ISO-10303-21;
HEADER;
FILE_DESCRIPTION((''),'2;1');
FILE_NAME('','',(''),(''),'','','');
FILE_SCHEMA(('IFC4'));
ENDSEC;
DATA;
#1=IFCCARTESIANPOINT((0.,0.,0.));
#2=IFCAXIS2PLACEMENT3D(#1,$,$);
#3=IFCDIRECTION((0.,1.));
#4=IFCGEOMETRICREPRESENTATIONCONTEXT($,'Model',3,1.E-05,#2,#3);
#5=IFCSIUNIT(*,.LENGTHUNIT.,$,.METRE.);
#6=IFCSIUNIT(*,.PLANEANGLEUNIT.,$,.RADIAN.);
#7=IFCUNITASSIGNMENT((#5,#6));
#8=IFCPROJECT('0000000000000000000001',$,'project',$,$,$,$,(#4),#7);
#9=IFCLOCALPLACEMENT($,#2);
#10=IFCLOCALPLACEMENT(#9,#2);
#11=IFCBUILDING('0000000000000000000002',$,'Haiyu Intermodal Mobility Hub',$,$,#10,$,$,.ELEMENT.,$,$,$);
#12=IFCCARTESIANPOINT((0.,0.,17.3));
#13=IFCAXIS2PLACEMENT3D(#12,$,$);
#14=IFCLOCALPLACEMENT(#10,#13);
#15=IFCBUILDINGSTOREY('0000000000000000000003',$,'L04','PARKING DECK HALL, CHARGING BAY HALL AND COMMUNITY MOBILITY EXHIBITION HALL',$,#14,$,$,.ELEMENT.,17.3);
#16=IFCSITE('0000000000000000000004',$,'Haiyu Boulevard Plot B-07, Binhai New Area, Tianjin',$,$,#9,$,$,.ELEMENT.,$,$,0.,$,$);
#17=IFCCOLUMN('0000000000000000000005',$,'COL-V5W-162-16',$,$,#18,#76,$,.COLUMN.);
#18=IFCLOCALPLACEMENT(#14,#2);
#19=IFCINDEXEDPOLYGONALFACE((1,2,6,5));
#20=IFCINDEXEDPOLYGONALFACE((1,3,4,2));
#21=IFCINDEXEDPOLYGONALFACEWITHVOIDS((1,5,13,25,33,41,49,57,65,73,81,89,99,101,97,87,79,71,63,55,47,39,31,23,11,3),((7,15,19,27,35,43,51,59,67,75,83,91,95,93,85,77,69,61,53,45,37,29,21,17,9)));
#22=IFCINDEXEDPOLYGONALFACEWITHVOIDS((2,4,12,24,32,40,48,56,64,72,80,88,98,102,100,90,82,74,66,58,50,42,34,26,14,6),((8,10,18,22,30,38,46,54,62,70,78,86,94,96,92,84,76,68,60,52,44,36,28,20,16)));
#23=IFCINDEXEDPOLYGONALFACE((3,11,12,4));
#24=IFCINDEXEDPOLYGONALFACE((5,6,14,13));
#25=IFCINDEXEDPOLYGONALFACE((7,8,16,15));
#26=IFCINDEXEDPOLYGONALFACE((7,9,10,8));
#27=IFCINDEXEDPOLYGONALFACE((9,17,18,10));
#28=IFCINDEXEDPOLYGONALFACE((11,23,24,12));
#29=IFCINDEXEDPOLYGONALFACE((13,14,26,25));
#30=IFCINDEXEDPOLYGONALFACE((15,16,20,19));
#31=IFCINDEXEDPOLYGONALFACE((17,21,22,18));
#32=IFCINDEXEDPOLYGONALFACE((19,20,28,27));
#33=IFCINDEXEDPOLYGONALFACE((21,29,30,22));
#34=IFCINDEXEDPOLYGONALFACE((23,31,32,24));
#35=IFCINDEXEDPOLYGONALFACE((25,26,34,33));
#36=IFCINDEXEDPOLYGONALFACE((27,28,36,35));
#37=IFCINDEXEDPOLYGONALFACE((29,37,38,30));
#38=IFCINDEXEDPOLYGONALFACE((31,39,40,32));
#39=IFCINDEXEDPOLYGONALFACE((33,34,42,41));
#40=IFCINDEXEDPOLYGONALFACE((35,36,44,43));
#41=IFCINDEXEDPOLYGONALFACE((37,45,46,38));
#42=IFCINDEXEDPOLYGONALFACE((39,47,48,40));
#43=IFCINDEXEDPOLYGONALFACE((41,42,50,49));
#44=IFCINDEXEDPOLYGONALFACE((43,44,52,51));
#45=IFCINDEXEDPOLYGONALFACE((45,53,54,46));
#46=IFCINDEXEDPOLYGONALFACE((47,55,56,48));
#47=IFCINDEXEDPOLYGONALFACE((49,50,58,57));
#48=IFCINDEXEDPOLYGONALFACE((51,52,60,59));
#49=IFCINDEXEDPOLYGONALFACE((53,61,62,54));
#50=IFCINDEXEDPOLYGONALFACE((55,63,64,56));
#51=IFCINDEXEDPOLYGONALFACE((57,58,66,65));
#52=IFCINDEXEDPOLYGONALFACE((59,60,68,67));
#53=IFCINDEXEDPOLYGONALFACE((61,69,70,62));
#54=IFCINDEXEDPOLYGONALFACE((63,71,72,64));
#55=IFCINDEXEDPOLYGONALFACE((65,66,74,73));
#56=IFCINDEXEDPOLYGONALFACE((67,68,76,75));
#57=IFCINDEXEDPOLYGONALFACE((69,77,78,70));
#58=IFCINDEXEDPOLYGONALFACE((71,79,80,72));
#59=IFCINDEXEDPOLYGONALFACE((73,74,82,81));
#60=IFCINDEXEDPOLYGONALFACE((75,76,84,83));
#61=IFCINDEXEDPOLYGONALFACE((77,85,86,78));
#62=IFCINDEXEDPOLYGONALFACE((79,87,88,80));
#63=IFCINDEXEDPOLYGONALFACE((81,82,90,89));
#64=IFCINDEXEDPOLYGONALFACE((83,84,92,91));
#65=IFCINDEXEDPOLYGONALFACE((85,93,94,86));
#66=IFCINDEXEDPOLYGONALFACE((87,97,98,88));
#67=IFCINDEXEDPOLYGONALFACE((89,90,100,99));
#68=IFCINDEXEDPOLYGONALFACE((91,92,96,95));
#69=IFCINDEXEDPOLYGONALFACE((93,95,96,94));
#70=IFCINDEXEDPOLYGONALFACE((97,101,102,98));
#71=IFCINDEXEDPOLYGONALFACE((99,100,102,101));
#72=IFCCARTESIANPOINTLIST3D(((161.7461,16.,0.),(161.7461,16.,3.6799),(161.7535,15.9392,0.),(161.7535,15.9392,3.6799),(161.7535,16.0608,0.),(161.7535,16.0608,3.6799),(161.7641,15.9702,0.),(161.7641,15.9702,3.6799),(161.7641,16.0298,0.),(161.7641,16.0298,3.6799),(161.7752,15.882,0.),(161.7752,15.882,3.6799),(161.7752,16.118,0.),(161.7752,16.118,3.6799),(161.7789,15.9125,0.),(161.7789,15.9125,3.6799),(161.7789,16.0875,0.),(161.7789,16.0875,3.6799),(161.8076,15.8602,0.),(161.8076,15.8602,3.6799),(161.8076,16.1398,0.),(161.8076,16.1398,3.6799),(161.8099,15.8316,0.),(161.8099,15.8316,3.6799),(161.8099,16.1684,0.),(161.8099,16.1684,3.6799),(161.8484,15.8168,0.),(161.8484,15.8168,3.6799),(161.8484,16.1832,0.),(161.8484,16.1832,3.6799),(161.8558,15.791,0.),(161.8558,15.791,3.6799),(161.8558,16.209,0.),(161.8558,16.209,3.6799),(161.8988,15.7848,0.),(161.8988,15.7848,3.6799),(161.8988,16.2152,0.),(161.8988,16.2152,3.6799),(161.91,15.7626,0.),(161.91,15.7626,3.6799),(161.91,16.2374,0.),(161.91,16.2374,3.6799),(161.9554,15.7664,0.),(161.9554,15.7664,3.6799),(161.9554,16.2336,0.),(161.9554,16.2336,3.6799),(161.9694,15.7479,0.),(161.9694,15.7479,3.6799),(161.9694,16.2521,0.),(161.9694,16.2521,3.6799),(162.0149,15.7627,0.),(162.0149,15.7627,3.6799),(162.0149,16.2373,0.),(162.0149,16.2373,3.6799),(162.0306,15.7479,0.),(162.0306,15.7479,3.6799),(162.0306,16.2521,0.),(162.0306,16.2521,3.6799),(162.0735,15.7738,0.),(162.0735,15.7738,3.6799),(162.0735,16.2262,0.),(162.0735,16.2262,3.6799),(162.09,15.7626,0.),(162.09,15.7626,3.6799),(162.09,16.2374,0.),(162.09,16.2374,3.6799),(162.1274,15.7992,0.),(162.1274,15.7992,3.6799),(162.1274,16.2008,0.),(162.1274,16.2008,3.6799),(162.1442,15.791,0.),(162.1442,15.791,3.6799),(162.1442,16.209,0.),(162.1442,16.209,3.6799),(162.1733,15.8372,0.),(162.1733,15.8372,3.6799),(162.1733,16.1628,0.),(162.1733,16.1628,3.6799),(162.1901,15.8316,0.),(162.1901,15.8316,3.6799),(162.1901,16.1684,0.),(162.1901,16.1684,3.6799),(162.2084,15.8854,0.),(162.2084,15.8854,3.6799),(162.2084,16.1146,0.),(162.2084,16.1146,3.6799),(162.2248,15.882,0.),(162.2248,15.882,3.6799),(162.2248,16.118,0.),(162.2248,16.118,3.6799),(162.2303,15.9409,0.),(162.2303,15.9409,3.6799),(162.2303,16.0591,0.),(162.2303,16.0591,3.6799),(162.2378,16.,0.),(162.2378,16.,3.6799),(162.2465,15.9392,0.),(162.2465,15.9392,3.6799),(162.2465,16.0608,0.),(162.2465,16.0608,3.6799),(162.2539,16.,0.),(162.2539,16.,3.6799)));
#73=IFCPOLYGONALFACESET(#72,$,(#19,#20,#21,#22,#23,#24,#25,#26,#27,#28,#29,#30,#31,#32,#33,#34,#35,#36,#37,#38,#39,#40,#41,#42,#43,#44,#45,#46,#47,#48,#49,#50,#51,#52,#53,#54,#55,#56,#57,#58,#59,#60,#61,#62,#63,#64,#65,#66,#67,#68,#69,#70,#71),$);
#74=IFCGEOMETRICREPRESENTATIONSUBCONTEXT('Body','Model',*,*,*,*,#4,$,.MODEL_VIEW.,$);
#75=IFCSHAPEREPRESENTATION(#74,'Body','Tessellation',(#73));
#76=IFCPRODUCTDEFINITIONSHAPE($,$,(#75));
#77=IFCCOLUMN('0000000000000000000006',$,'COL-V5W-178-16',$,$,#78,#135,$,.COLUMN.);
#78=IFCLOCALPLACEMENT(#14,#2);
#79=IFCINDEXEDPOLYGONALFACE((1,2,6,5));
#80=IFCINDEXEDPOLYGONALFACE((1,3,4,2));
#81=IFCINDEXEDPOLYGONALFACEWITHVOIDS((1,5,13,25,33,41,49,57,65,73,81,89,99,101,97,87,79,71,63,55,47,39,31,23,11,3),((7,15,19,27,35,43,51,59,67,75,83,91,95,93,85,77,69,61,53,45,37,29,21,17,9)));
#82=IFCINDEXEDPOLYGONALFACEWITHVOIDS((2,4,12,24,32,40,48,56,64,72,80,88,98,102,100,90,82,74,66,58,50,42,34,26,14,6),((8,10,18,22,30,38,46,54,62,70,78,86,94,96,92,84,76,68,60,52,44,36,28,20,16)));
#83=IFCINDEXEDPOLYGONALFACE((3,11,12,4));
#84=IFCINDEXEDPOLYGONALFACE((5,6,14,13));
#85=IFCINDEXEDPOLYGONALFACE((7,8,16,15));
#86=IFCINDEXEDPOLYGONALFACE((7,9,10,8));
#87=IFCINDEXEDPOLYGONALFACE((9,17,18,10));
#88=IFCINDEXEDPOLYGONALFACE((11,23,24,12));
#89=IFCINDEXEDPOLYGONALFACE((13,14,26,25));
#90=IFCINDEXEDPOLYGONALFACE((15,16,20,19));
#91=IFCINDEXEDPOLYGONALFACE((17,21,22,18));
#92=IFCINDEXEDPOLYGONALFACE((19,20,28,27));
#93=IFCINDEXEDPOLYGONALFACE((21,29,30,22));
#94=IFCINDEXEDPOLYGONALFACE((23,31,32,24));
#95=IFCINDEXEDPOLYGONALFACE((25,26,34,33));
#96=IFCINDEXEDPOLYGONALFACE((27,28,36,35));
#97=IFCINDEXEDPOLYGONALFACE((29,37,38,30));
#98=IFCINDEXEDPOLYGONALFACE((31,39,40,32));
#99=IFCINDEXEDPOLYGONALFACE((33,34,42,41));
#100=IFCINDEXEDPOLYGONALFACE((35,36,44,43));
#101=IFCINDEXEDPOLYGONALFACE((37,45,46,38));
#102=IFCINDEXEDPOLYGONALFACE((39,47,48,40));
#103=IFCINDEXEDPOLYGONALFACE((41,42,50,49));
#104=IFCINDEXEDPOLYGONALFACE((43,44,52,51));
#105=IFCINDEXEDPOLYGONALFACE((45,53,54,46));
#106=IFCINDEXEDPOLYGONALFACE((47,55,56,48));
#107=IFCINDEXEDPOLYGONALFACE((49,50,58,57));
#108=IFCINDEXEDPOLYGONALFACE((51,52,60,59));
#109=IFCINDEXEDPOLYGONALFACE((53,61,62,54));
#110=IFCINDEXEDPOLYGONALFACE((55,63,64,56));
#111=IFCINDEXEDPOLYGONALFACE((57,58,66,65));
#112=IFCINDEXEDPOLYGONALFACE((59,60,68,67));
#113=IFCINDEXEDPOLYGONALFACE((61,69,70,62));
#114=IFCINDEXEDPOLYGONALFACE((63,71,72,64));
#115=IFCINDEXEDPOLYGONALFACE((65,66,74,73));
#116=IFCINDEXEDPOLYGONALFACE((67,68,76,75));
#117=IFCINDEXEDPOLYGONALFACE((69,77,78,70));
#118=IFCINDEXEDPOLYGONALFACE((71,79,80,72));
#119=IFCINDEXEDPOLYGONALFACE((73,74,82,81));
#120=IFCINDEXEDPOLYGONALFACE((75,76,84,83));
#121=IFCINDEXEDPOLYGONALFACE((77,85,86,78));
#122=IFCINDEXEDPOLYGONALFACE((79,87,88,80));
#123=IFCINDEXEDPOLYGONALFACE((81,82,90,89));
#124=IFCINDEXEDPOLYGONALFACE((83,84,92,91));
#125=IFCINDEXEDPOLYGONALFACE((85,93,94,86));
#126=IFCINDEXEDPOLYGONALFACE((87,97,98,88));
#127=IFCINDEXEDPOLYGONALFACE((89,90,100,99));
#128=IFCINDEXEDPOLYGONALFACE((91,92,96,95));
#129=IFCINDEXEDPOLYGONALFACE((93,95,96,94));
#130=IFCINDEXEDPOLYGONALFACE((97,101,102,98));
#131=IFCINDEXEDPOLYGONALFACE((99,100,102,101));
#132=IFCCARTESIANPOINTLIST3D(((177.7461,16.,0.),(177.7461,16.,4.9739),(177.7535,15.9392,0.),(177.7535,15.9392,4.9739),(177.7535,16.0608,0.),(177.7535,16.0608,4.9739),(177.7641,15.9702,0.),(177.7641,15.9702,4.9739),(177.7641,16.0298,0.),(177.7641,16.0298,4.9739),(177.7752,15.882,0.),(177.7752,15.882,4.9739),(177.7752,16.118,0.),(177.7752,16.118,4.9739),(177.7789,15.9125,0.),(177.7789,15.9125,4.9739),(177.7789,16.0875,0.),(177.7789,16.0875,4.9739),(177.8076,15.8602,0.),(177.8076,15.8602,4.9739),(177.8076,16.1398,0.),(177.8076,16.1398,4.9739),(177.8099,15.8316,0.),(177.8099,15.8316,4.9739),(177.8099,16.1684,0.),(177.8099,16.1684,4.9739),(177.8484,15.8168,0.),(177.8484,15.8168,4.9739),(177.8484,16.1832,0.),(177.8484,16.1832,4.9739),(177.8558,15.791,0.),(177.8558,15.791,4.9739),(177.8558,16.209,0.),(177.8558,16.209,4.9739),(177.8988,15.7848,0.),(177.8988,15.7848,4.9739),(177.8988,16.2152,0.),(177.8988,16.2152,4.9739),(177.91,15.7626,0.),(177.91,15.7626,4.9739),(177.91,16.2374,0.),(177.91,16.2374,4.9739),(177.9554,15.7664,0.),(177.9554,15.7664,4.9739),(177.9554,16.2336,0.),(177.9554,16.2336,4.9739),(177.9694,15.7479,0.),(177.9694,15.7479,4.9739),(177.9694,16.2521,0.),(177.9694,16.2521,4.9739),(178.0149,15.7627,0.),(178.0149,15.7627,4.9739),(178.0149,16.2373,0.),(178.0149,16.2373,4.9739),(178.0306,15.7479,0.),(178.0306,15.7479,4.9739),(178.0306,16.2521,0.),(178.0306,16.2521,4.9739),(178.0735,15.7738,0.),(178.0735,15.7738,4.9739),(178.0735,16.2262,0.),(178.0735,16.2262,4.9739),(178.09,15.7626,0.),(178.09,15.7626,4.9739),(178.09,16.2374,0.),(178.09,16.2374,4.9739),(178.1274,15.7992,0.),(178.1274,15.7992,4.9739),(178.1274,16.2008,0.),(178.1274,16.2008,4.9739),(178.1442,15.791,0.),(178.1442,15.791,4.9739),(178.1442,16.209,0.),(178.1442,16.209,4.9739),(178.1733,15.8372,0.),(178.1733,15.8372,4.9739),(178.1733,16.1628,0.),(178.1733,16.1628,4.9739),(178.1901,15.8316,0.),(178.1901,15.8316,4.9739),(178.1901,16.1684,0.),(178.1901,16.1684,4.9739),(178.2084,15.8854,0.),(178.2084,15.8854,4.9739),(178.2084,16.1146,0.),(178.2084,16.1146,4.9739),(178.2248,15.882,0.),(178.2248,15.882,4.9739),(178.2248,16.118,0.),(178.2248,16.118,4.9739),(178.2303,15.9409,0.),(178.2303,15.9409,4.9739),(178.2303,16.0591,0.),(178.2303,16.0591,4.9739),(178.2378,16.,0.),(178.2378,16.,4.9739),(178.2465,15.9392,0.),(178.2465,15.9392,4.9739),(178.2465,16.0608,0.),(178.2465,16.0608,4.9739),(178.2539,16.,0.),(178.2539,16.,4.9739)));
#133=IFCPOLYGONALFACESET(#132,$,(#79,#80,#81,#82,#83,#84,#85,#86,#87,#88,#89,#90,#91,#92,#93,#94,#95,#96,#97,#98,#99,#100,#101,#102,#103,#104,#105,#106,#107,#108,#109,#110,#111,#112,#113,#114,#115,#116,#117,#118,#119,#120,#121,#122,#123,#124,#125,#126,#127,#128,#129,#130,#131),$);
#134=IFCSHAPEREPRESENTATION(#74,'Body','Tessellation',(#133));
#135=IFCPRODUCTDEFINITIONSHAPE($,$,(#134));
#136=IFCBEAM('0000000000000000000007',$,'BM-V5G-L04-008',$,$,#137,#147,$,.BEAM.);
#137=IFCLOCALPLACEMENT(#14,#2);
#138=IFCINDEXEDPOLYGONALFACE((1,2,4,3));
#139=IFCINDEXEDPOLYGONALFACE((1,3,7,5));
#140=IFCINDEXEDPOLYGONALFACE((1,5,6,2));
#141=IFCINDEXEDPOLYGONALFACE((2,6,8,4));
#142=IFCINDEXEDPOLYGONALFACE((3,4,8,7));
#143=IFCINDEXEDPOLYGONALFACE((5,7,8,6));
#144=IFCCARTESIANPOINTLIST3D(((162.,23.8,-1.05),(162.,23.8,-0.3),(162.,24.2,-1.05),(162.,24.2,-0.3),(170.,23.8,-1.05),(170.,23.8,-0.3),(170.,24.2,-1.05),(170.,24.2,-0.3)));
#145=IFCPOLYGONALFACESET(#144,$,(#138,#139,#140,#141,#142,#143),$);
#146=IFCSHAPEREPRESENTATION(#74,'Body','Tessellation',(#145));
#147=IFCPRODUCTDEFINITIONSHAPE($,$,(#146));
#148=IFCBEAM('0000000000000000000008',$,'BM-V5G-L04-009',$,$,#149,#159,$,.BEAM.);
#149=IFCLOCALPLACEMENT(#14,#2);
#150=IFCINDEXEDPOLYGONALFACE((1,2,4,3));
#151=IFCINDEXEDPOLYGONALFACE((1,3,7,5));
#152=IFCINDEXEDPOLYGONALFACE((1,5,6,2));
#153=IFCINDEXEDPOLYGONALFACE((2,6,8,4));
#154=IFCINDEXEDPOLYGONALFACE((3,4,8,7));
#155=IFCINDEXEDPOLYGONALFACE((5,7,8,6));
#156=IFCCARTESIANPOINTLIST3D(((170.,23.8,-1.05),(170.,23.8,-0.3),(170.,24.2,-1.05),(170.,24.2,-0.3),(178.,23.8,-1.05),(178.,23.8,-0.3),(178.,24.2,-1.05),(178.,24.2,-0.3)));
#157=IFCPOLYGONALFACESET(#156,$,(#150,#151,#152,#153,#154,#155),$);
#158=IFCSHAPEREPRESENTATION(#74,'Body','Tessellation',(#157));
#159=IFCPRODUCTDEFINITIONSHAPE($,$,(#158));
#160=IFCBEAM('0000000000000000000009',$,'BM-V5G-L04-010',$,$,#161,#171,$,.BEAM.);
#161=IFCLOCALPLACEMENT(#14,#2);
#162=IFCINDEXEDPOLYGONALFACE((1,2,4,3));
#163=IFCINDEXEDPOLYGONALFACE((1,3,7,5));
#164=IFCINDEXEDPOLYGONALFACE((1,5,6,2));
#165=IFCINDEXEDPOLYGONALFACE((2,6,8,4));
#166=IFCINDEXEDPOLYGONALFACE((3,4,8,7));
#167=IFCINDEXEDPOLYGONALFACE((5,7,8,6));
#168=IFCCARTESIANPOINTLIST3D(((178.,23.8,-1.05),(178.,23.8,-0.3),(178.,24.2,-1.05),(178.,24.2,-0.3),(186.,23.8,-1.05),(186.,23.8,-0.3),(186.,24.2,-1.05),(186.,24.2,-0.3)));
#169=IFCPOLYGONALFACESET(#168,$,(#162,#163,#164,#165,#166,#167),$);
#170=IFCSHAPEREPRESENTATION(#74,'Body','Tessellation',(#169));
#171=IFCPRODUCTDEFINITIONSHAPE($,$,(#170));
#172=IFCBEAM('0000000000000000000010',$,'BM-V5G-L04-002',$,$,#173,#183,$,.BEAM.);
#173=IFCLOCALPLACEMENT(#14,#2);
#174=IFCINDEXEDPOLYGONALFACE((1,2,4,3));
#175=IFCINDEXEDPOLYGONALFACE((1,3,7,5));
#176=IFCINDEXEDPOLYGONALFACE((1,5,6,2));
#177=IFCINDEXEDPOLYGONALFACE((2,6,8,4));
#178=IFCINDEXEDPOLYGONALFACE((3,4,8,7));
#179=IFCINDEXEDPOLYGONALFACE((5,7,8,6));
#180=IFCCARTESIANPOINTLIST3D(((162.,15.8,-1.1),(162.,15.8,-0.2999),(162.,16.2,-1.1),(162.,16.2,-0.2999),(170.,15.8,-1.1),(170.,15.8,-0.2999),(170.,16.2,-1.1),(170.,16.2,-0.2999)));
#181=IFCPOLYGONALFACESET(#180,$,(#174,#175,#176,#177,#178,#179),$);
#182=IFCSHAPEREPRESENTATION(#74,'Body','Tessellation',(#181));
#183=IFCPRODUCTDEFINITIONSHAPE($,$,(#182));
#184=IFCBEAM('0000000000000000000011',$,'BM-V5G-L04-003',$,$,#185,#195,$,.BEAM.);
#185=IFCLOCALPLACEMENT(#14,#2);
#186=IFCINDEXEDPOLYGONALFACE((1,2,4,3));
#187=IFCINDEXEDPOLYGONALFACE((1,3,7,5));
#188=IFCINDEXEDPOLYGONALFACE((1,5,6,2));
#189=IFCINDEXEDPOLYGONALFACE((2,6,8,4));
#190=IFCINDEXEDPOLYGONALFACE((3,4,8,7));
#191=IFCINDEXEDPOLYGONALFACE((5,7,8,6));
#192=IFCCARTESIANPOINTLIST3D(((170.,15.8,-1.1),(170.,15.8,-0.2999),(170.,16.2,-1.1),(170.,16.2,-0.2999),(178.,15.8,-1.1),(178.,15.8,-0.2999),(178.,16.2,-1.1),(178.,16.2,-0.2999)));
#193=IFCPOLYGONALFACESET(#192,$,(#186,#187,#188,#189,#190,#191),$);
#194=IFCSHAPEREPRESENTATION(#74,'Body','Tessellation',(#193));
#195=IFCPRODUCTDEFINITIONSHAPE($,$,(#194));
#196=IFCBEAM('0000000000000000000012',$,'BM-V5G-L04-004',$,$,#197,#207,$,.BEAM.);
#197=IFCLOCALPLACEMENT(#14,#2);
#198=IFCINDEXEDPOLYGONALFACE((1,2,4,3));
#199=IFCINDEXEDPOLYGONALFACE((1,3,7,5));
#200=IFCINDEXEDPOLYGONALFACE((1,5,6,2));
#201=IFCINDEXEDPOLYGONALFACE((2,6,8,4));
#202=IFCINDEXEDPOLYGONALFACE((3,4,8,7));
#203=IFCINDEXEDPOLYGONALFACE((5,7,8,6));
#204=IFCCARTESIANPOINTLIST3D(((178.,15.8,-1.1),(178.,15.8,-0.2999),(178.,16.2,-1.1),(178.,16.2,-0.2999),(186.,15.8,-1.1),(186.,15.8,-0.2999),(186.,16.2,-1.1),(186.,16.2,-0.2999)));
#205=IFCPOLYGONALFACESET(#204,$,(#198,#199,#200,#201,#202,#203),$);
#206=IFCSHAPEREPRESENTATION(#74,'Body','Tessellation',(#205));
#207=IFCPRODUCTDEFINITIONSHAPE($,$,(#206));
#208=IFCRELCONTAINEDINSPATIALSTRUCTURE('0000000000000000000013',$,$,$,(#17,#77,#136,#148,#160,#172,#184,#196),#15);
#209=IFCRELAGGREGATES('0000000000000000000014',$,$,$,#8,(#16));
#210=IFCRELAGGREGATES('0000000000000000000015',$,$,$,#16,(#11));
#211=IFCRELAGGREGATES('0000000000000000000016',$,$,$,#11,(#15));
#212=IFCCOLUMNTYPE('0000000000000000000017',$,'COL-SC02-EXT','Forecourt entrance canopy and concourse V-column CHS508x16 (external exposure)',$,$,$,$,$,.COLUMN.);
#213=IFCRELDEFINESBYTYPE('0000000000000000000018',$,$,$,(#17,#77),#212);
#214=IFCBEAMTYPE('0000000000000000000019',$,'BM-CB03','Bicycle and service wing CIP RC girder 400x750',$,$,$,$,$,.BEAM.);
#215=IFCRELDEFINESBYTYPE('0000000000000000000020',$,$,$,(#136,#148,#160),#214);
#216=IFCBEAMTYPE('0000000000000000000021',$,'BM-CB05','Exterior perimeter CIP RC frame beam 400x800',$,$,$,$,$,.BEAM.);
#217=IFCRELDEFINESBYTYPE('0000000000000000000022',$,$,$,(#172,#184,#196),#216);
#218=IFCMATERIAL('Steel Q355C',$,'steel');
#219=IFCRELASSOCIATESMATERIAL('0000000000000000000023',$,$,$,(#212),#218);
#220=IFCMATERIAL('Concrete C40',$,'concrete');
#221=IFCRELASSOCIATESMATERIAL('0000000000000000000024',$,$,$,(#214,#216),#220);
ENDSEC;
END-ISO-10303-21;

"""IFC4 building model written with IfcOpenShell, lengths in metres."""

from ifc_helpers import new_model, si_unit, direction, frame, origin, origin_2d, place, context, subcontext, project, spatial, rectangle, hollow_circle, extrude, material, material_profile, profile_set, type_object, element, save


model = new_model("IFC4")

# Units and contexts
model_context = context("Model", 3, precision=1e-05, world=origin(), true_north=direction((0.0, 1.0)))
body_context = subcontext(model_context, "Body", "Model", "MODEL_VIEW")
ifc_project = project(units=[si_unit("LENGTHUNIT", "METRE"), si_unit("PLANEANGLEUNIT", "RADIAN")], contexts=[model_context])

# Site, building, storey
site_placement = place(None, origin())
site = spatial("IfcSite", under=ifc_project, at=site_placement, Name="Haiyu Boulevard Plot B-07, Binhai New Area, Tianjin", CompositionType="ELEMENT", RefElevation=0.0)
building_placement = place(site_placement, origin())
building = spatial("IfcBuilding", under=site, at=building_placement, Name="Haiyu Intermodal Mobility Hub", CompositionType="ELEMENT")
storey_placement = place(building_placement, frame((0.0, 0.0, 17.3)))
storey = spatial("IfcBuildingStorey", under=building, at=storey_placement, Name="L04", Description="PARKING DECK HALL, CHARGING BAY HALL AND COMMUNITY MOBILITY EXHIBITION HALL", CompositionType="ELEMENT", Elevation=17.3)

# Columns
ifc_material_1 = material(Name="Steel Q355C", Category="steel")
ifc_material_profile_1 = material_profile(ifc_material_1, hollow_circle(Radius=0.2539, WallThickness=0.0161, at=origin_2d()), Name="CHS508x16")
ifc_profile_set_1 = profile_set([ifc_material_profile_1], Name="Steel Q355C")
column_type = type_object("IfcColumnType", Name="COL-SC02-EXT", Description="Forecourt entrance canopy and concourse V-column CHS508x16 (external exposure)", PredefinedType="COLUMN", material=ifc_profile_set_1)
column_1_placement = place(storey_placement, frame((162.0, 16.0, 0.0), z_axis=(0.0, 0.0, 1.0), x_axis=(1.0, 0.0, 0.0)))
element("IfcColumn", 1, at=column_1_placement, inside=storey, type_object=column_type, Name="COL-V5W-162-16", PredefinedType="COLUMN", context=body_context, shape_type="SweptSolid", body=[
    extrude(hollow_circle(Radius=0.2539, WallThickness=0.0161, at=origin_2d()), origin(), (0.0, 0.0, 1.0), 3.6799),
])
column_2_placement = place(storey_placement, frame((178.0, 16.0, 0.0), z_axis=(0.0, 0.0, 1.0), x_axis=(1.0, 0.0, 0.0)))
element("IfcColumn", 2, at=column_2_placement, inside=storey, type_object=column_type, Name="COL-V5W-178-16", PredefinedType="COLUMN", context=body_context, shape_type="SweptSolid", body=[
    extrude(hollow_circle(Radius=0.2539, WallThickness=0.0161, at=origin_2d()), origin(), (0.0, 0.0, 1.0), 4.9739),
])

# Beams
ifc_material_2 = material(Name="Concrete C40", Category="concrete")
ifc_material_profile_2 = material_profile(ifc_material_2, rectangle(XDim=0.3999, YDim=0.75, at=origin_2d()), Name="RCB400x750")
ifc_profile_set_2 = profile_set([ifc_material_profile_2], Name="Concrete C40")
beam_type_1 = type_object("IfcBeamType", Name="BM-CB03", Description="Bicycle and service wing CIP RC girder 400x750", PredefinedType="BEAM", material=ifc_profile_set_2)
for number, where, z_axis, x_axis, name in (
    (3, (162.0, 24.0, -0.675), (1.0, 0.0, 0.0), (0.0, 1.0, 0.0), "BM-V5G-L04-008"),
    (4, (170.0, 24.0, -0.675), (1.0, 0.0, 0.0), (0.0, 1.0, 0.0), "BM-V5G-L04-009"),
    (5, (178.0, 24.0, -0.675), (1.0, 0.0, 0.0), (0.0, 1.0, 0.0), "BM-V5G-L04-010"),
):
    element("IfcBeam", number, at=place(storey_placement, frame(where, z_axis=z_axis, x_axis=x_axis)), inside=storey, type_object=beam_type_1, Name=name, PredefinedType="BEAM", context=body_context, shape_type="SweptSolid", body=[
        extrude(rectangle(XDim=0.3999, YDim=0.75, at=origin_2d()), origin(), (0.0, 0.0, 1.0), 8.0),
    ])
ifc_material_profile_3 = material_profile(ifc_material_2, rectangle(XDim=0.3999, YDim=0.8, at=origin_2d()), Name="RCB400x800")
ifc_profile_set_3 = profile_set([ifc_material_profile_3], Name="Concrete C40")
beam_type_2 = type_object("IfcBeamType", Name="BM-CB05", Description="Exterior perimeter CIP RC frame beam 400x800", PredefinedType="BEAM", material=ifc_profile_set_3)
for number, where, z_axis, x_axis, name in (
    (6, (162.0, 16.0, -0.7), (1.0, 0.0, 0.0), (0.0, 1.0, 0.0), "BM-V5G-L04-002"),
    (7, (170.0, 16.0, -0.7), (1.0, 0.0, 0.0), (0.0, 1.0, 0.0), "BM-V5G-L04-003"),
    (8, (178.0, 16.0, -0.7), (1.0, 0.0, 0.0), (0.0, 1.0, 0.0), "BM-V5G-L04-004"),
):
    element("IfcBeam", number, at=place(storey_placement, frame(where, z_axis=z_axis, x_axis=x_axis)), inside=storey, type_object=beam_type_2, Name=name, PredefinedType="BEAM", context=body_context, shape_type="SweptSolid", body=[
        extrude(rectangle(XDim=0.3999, YDim=0.8, at=origin_2d()), origin(), (0.0, 0.0, 1.0), 8.0),
    ])

save(model, "model.ifc")
